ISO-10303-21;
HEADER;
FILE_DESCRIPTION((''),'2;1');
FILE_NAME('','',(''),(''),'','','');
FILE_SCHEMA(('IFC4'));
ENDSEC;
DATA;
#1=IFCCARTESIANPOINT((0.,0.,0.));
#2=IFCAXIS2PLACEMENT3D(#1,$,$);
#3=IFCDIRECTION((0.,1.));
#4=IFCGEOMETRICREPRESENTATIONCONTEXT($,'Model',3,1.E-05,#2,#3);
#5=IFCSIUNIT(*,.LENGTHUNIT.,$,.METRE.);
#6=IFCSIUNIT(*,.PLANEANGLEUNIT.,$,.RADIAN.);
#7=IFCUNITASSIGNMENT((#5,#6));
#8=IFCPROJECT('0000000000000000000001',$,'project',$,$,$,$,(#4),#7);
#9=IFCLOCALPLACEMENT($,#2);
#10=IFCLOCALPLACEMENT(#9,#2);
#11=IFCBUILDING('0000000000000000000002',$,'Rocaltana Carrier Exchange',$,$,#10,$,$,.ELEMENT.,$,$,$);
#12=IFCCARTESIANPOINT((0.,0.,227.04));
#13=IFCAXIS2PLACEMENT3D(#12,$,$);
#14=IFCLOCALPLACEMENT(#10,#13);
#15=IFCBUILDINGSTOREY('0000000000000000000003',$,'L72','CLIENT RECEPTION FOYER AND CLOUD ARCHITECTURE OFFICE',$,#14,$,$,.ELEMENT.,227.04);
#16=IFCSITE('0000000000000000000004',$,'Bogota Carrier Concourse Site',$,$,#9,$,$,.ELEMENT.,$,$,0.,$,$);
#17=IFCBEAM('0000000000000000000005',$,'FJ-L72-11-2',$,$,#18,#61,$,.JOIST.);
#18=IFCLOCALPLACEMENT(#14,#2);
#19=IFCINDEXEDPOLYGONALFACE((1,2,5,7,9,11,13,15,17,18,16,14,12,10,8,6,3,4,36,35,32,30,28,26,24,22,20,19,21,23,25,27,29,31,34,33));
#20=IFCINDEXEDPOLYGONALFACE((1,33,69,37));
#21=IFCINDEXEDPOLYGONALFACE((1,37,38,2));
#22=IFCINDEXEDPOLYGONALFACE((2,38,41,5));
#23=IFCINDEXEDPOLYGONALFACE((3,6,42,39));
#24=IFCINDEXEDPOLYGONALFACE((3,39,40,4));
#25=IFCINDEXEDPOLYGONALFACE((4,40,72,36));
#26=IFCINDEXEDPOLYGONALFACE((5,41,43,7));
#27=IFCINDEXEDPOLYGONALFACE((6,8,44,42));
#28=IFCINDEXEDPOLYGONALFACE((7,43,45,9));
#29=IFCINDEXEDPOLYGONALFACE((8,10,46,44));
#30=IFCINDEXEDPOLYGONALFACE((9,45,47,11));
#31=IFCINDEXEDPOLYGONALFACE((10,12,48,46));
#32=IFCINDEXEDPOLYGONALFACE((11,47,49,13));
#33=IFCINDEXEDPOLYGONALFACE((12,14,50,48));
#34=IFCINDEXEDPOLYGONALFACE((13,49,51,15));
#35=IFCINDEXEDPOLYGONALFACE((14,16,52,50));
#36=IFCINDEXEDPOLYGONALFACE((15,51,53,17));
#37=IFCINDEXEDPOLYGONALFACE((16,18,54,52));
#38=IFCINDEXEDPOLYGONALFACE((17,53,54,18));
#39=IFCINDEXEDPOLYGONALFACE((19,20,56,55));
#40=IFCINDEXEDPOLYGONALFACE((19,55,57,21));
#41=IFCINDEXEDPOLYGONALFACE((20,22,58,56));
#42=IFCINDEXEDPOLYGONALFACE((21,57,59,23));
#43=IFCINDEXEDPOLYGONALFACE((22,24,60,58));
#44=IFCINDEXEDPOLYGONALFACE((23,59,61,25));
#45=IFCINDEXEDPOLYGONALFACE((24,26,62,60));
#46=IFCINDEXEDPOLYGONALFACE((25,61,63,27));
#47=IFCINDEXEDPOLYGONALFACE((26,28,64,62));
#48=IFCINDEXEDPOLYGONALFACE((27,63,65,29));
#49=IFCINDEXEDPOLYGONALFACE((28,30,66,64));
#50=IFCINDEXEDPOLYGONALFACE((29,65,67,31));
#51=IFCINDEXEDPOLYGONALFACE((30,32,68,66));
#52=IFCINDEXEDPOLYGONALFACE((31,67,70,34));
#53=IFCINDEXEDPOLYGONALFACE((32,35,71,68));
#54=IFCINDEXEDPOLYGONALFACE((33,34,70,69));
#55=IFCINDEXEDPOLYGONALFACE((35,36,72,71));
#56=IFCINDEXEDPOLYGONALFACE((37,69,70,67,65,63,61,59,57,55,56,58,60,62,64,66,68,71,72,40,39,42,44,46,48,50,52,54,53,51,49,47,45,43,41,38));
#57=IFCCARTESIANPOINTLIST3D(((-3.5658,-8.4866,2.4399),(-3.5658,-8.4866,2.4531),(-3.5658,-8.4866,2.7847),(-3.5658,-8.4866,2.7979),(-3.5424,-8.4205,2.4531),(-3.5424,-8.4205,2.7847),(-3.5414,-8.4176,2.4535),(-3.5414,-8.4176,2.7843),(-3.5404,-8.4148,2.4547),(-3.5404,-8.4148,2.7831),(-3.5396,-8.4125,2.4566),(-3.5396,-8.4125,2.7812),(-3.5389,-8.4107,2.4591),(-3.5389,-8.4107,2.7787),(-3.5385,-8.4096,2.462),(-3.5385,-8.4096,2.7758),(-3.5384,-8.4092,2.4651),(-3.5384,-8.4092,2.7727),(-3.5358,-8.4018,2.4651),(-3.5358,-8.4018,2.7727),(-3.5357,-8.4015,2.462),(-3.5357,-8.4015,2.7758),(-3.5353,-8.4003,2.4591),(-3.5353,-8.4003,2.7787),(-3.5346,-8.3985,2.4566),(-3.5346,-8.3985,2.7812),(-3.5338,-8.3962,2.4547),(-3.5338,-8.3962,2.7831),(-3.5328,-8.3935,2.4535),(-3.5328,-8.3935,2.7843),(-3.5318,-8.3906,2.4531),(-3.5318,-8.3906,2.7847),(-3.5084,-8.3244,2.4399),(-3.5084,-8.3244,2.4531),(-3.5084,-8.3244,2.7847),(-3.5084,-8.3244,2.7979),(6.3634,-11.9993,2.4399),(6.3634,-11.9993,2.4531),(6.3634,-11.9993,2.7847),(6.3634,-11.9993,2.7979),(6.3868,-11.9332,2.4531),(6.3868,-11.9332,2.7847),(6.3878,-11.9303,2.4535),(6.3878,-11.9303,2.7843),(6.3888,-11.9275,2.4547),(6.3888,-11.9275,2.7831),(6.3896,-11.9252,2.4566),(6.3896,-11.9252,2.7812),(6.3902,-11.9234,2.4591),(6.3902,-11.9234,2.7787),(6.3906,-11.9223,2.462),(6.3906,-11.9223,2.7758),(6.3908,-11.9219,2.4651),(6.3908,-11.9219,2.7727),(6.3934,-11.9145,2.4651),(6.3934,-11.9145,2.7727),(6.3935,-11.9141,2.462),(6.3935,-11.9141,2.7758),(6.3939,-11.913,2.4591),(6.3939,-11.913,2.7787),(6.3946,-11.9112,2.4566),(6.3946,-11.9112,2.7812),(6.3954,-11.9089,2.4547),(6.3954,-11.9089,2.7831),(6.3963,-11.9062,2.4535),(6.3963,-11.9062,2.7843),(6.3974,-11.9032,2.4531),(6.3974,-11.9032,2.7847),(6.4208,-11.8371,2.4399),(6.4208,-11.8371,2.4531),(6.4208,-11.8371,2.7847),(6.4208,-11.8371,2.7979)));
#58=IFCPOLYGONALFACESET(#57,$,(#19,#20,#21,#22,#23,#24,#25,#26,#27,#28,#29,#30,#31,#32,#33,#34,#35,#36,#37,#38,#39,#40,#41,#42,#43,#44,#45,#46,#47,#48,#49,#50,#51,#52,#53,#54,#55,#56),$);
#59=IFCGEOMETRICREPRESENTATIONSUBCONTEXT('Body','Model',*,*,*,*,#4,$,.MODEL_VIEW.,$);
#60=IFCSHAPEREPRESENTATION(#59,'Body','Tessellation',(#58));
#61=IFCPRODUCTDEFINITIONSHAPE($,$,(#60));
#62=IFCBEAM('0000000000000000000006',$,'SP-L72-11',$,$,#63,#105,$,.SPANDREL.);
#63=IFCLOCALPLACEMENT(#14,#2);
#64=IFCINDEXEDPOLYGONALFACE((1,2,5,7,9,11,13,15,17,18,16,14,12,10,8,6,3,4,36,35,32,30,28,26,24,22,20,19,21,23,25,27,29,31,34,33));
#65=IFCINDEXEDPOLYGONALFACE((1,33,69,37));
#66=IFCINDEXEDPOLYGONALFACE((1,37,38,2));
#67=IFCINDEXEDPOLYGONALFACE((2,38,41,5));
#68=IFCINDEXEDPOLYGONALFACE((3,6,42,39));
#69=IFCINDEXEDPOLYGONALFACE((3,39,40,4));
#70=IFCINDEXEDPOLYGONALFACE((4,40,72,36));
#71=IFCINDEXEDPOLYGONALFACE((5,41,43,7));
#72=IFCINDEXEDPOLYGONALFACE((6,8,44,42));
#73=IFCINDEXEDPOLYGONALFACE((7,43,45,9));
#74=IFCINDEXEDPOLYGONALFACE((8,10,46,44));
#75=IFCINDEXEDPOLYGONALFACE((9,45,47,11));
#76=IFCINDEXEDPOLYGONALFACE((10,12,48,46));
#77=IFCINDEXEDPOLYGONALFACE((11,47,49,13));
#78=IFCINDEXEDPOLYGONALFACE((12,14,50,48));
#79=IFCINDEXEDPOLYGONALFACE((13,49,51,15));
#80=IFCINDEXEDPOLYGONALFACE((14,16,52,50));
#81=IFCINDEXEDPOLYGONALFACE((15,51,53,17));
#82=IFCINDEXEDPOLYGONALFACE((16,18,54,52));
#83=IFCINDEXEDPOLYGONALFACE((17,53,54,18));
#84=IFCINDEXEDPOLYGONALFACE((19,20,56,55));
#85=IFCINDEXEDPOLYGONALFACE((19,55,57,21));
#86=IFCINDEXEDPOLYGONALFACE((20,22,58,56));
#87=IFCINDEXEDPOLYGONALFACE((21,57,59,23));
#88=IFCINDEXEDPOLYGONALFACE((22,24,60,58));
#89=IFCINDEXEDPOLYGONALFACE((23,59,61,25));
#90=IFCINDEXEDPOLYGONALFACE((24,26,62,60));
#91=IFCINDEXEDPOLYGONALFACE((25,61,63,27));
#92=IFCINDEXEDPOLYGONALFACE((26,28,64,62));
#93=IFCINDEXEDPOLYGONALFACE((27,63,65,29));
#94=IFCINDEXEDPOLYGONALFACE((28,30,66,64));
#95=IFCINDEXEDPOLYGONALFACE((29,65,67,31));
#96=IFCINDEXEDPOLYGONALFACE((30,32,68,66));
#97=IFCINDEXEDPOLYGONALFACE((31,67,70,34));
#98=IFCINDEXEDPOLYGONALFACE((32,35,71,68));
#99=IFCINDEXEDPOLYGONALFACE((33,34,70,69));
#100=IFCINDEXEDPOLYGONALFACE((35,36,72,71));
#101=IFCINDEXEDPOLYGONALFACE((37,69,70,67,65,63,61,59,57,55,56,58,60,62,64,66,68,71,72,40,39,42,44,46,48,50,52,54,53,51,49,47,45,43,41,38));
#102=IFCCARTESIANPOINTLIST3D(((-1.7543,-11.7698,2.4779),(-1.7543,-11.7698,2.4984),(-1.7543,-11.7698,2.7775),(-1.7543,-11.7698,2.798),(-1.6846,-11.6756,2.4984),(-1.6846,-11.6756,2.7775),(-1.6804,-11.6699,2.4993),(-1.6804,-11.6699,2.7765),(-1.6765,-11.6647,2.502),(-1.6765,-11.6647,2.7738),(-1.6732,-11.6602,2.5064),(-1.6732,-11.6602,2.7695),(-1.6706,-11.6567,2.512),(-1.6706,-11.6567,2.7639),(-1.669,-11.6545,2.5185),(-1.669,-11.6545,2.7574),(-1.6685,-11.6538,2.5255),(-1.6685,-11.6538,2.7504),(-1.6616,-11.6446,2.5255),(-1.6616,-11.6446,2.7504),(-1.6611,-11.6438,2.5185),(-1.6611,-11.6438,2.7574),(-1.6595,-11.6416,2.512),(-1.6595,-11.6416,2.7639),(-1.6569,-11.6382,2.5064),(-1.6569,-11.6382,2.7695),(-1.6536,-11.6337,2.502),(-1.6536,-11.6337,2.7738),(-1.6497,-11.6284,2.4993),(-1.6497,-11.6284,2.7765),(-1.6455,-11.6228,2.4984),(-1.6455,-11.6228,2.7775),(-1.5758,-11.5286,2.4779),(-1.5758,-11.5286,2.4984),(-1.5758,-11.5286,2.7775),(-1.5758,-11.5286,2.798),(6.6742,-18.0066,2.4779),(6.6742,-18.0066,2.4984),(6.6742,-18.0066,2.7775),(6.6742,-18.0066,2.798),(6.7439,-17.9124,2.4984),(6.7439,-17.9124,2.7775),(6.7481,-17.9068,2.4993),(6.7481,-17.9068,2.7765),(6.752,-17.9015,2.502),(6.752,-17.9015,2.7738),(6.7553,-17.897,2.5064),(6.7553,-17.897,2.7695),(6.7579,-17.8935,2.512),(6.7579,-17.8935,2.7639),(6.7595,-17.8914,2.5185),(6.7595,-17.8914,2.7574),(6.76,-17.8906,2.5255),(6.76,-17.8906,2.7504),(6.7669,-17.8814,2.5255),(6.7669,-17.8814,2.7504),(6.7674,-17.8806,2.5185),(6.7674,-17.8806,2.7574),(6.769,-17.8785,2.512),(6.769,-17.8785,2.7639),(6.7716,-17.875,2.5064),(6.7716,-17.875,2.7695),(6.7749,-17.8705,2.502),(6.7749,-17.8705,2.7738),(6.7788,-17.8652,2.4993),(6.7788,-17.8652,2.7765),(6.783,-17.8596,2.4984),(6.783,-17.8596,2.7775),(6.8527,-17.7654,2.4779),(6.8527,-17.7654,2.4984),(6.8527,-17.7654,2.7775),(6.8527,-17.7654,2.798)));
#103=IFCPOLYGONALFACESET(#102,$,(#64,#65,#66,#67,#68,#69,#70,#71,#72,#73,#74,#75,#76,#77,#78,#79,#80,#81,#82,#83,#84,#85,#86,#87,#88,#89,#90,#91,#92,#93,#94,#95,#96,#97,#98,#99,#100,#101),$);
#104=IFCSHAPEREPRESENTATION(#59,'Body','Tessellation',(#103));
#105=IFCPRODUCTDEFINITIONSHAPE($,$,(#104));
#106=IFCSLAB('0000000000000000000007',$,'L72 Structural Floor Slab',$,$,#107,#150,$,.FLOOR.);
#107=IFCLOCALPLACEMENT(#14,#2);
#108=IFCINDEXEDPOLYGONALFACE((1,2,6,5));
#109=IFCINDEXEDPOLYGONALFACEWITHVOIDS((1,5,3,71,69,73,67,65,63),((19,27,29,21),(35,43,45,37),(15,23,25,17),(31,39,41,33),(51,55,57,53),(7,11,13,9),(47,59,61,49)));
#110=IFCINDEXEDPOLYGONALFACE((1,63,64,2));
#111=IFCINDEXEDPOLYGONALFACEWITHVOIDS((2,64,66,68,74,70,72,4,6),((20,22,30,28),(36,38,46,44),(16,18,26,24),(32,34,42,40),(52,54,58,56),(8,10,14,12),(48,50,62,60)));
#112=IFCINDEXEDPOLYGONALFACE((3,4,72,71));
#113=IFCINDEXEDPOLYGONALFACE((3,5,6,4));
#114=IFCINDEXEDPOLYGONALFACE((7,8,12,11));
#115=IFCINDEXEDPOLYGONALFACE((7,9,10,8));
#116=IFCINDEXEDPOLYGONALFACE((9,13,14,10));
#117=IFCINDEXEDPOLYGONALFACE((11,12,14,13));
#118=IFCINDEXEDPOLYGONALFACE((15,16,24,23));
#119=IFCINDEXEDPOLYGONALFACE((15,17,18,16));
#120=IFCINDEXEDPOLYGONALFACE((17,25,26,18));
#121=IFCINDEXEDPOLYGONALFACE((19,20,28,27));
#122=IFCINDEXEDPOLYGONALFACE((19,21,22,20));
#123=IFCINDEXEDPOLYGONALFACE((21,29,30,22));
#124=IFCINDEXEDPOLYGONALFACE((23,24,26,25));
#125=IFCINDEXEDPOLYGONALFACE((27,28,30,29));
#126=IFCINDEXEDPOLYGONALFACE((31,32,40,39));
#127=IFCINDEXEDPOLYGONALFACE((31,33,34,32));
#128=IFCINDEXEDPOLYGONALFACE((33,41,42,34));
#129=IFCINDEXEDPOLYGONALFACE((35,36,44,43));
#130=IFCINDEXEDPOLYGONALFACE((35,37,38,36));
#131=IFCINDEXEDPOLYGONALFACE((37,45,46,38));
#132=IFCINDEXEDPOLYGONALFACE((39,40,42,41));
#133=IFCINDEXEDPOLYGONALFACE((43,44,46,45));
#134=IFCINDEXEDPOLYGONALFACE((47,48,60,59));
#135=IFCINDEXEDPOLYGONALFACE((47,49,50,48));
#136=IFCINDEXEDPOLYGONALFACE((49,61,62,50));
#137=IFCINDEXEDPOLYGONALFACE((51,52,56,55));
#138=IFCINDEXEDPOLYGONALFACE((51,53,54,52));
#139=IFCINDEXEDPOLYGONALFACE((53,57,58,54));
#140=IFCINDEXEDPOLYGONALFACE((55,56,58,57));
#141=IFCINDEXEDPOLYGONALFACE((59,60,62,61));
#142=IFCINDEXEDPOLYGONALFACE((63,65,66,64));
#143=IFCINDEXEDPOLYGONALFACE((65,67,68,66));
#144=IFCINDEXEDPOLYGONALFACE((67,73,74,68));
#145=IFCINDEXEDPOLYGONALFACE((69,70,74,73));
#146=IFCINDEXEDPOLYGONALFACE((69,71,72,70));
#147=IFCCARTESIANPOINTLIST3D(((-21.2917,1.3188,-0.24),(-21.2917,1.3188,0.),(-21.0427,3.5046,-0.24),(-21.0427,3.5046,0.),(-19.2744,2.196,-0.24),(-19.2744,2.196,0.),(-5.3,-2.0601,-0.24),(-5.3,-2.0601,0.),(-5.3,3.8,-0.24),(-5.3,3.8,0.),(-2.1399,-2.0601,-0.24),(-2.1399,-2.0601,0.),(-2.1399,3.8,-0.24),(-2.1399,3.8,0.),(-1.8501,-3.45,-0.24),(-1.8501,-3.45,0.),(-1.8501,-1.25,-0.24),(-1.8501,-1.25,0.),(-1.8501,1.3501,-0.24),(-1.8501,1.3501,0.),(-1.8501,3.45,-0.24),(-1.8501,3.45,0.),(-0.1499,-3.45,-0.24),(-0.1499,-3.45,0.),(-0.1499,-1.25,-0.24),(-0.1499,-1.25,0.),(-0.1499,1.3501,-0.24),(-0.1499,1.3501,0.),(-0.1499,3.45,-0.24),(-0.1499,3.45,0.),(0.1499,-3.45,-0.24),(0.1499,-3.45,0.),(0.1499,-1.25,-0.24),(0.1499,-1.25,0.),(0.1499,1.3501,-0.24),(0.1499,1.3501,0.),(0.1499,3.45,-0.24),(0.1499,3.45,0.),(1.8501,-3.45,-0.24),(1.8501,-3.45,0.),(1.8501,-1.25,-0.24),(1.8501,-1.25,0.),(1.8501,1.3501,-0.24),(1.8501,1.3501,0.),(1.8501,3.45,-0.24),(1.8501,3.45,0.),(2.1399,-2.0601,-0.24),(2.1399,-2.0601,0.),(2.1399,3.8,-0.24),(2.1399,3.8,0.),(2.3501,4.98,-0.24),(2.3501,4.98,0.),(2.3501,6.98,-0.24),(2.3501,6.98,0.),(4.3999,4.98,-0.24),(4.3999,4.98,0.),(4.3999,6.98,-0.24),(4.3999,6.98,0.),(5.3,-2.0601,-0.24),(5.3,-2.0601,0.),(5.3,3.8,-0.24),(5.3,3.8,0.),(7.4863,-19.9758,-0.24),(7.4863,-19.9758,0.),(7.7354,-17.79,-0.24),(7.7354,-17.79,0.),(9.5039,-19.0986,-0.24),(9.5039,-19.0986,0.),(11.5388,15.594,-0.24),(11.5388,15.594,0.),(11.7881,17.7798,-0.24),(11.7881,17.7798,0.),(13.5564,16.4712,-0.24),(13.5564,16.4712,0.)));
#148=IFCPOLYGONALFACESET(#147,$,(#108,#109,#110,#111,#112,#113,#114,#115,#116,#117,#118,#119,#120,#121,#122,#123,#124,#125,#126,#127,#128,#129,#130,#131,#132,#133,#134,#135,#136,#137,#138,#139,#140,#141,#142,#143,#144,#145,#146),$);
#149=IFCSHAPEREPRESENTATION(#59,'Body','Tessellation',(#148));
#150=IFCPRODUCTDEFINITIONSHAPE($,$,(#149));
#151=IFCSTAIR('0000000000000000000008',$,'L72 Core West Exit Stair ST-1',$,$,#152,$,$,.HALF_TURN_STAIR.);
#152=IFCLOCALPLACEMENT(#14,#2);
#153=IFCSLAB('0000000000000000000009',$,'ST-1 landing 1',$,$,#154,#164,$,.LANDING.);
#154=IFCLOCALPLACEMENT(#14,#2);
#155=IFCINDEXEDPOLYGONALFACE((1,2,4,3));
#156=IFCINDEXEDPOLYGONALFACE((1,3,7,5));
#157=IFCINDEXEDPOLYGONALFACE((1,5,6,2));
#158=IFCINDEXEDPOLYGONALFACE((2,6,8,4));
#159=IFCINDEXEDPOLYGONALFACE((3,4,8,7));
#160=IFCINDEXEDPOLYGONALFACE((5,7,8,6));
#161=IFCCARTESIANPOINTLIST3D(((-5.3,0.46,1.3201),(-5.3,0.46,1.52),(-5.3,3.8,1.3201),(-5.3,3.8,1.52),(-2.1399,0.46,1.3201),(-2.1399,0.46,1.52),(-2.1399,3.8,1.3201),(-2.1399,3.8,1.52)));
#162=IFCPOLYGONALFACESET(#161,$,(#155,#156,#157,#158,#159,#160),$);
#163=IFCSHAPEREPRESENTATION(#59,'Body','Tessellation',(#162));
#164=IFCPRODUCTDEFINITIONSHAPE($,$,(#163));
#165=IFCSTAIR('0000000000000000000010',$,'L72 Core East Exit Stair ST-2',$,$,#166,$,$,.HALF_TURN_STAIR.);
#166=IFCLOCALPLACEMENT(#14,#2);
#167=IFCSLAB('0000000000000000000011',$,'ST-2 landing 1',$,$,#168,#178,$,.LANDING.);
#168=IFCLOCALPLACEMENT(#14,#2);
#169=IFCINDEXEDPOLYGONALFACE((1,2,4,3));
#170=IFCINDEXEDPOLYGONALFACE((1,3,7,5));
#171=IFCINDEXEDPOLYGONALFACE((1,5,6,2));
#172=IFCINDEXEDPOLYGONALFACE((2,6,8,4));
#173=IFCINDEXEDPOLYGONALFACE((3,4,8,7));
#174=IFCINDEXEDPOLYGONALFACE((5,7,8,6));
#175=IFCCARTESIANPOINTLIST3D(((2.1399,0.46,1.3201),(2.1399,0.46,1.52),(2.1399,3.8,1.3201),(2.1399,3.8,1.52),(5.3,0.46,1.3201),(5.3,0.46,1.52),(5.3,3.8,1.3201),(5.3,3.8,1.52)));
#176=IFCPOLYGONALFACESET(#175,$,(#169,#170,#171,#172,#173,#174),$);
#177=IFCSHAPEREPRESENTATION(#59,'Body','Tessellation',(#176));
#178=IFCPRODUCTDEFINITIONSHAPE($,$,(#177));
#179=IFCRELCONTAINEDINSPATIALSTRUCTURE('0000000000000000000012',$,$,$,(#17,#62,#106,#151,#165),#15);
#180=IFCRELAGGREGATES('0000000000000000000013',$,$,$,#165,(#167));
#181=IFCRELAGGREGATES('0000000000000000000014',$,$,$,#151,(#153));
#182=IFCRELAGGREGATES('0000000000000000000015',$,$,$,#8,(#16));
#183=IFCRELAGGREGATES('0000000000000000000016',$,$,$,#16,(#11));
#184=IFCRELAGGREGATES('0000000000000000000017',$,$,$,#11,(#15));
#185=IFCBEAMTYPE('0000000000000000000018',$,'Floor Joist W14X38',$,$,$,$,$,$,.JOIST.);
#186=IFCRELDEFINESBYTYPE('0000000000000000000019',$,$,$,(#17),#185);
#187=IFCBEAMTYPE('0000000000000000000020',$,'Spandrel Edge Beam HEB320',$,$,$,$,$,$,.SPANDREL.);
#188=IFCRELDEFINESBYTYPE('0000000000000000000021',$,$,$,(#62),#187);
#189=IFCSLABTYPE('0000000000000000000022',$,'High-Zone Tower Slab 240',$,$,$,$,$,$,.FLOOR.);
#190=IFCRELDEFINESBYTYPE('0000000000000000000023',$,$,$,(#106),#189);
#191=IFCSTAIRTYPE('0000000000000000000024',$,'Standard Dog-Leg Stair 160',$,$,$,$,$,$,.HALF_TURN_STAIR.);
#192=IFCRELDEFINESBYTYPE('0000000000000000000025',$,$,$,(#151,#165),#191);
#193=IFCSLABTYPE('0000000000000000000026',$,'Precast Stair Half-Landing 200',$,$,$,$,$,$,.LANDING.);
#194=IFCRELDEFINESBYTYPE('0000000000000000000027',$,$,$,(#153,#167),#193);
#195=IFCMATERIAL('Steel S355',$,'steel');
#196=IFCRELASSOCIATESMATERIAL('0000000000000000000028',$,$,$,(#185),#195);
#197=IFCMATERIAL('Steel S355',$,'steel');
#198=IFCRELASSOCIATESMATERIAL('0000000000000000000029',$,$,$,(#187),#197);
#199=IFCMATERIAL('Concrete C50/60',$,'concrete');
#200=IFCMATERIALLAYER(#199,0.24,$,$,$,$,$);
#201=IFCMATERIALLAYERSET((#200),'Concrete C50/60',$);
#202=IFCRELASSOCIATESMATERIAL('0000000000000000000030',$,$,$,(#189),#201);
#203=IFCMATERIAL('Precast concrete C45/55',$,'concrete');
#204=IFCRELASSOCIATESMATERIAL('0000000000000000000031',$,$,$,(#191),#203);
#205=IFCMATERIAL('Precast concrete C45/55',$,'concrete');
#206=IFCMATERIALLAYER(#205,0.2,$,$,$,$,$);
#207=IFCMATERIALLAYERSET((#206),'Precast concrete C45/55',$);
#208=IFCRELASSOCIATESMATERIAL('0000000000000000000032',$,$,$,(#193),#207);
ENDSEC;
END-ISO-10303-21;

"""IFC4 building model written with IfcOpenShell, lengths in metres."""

from ifc_helpers import new_model, si_unit, direction, frame, origin, origin_2d, place, context, subcontext, project, spatial, polyline, i_section, outline, extrude, material, layer, layer_set, material_profile, profile_set, type_object, element, aggregate, save


model = new_model("IFC4")

# Units and contexts
model_context = context("Model", 3, precision=1e-05, world=origin(), true_north=direction((0.0, 1.0)))
body_context = subcontext(model_context, "Body", "Model", "MODEL_VIEW")
ifc_project = project(units=[si_unit("LENGTHUNIT", "METRE"), si_unit("PLANEANGLEUNIT", "RADIAN")], contexts=[model_context])

# Site, building, storey
site_placement = place(None, origin())
site = spatial("IfcSite", under=ifc_project, at=site_placement, Name="Bogota Carrier Concourse Site", CompositionType="ELEMENT", RefElevation=0.0)
building_placement = place(site_placement, origin())
building = spatial("IfcBuilding", under=site, at=building_placement, Name="Rocaltana Carrier Exchange", CompositionType="ELEMENT")
storey_placement = place(building_placement, frame((0.0, 0.0, 227.04)))
storey = spatial("IfcBuildingStorey", under=building, at=storey_placement, Name="L72", Description="CLIENT RECEPTION FOYER AND CLOUD ARCHITECTURE OFFICE", CompositionType="ELEMENT", Elevation=227.04)

# Beams
ifc_material_1 = material(Name="Steel S355", Category="steel")
ifc_material_profile_1 = material_profile(ifc_material_1, i_section(OverallWidth=0.1721, OverallDepth=0.3579, WebThickness=0.0078, FlangeThickness=0.0132, FilletRadius=0.012, at=origin_2d()), Name="W14X38")
ifc_profile_set_1 = profile_set([ifc_material_profile_1], Name="Steel S355")
beam_type_1 = type_object("IfcBeamType", Name="Floor Joist W14X38", PredefinedType="JOIST", material=ifc_profile_set_1)
beam_1_placement = place(storey_placement, frame((-3.5371, -8.4055, 2.6189), z_axis=(0.942744, -0.333518, 0.0), x_axis=(0.333518, 0.942744, 0.0)))
element("IfcBeam", 1, at=beam_1_placement, inside=storey, type_object=beam_type_1, Name="FJ-L72-11-2", PredefinedType="JOIST", context=body_context, shape_type="SweptSolid", body=[
    extrude(i_section(OverallWidth=0.1721, OverallDepth=0.3579, WebThickness=0.0078, FlangeThickness=0.0132, FilletRadius=0.012, at=origin_2d()), origin(), (0.0, 0.0, 1.0), 10.5322),
])
ifc_material_2 = material(Name="Steel S355", Category="steel")
ifc_material_profile_2 = material_profile(ifc_material_2, i_section(OverallWidth=0.3, OverallDepth=0.3201, WebThickness=0.0115, FlangeThickness=0.0205, FilletRadius=0.0271, at=origin_2d()), Name="HEB320")
ifc_profile_set_2 = profile_set([ifc_material_profile_2], Name="Steel S355")
beam_type_2 = type_object("IfcBeamType", Name="Spandrel Edge Beam HEB320", PredefinedType="SPANDREL", material=ifc_profile_set_2)
beam_2_placement = place(storey_placement, frame((-1.665, -11.6492, 2.6379), z_axis=(0.803853, -0.594828, 0.0), x_axis=(0.594828, 0.803853, 0.0)))
element("IfcBeam", 2, at=beam_2_placement, inside=storey, type_object=beam_type_2, Name="SP-L72-11", PredefinedType="SPANDREL", context=body_context, shape_type="SweptSolid", body=[
    extrude(i_section(OverallWidth=0.3, OverallDepth=0.3201, WebThickness=0.0115, FlangeThickness=0.0205, FilletRadius=0.0271, at=origin_2d()), origin(), (0.0, 0.0, 1.0), 10.4851),
])

# Slab
ifc_material_3 = material(Name="Concrete C50/60", Category="concrete")
ifc_layer_1 = layer(ifc_material_3, 0.24)
ifc_layer_set_1 = layer_set([ifc_layer_1], Name="Concrete C50/60")
slab_type_1 = type_object("IfcSlabType", Name="High-Zone Tower Slab 240", PredefinedType="FLOOR", material=ifc_layer_set_1)
slab_1_placement = place(storey_placement, frame((0.0, 0.0, -0.24)))
element("IfcSlab", 3, at=slab_1_placement, inside=storey, type_object=slab_type_1, Name="L72 Structural Floor Slab", PredefinedType="FLOOR", context=body_context, shape_type="SweptSolid", body=[
    extrude(outline(polyline([(7.4863, -19.9758), (7.7354, -17.79), (9.5039, -19.0986), (13.5564, 16.4712), (11.5388, 15.594), (11.7881, 17.7798), (-21.0427, 3.5046), (-19.2744, 2.196), (-21.2917, 1.3188), (7.4863, -19.9758)]), holes=[polyline([(-5.3, -2.0601), (-2.1399, -2.0601), (-2.1399, 3.8), (-5.3, 3.8), (-5.3, -2.0601)]), polyline([(2.1399, -2.0601), (5.3, -2.0601), (5.3, 3.8), (2.1399, 3.8), (2.1399, -2.0601)]), polyline([(-1.8501, -3.45), (-0.1499, -3.45), (-0.1499, -1.25), (-1.8501, -1.25), (-1.8501, -3.45)]), polyline([(0.1499, -3.45), (1.8501, -3.45), (1.8501, -1.25), (0.1499, -1.25), (0.1499, -3.45)]), polyline([(2.3501, 4.98), (4.3999, 4.98), (4.3999, 6.98), (2.3501, 6.98), (2.3501, 4.98)]), polyline([(-1.8501, 1.3501), (-0.1499, 1.3501), (-0.1499, 3.45), (-1.8501, 3.45), (-1.8501, 1.3501)]), polyline([(0.1499, 1.3501), (1.8501, 1.3501), (1.8501, 3.45), (0.1499, 3.45), (0.1499, 1.3501)])]), origin(), (0.0, 0.0, 1.0), 0.24),
])

# Stairs, slabs
ifc_material_4 = material(Name="Precast concrete C45/55", Category="concrete")
stair_type = type_object("IfcStairType", Name="Standard Dog-Leg Stair 160", PredefinedType="HALF_TURN_STAIR", material=ifc_material_4)
stair_1_placement = place(storey_placement, origin())
stair_1 = element("IfcStair", 4, at=stair_1_placement, inside=storey, type_object=stair_type, Name="L72 Core West Exit Stair ST-1", PredefinedType="HALF_TURN_STAIR")
ifc_material_5 = material(Name="Precast concrete C45/55", Category="concrete")
ifc_layer_2 = layer(ifc_material_5, 0.2)
ifc_layer_set_2 = layer_set([ifc_layer_2], Name="Precast concrete C45/55")
slab_type_2 = type_object("IfcSlabType", Name="Precast Stair Half-Landing 200", PredefinedType="LANDING", material=ifc_layer_set_2)
slab_2_placement = place(storey_placement, frame((0.0, 0.0, 1.3201)))
slab_2 = element("IfcSlab", 5, at=slab_2_placement, type_object=slab_type_2, Name="ST-1 landing 1", PredefinedType="LANDING", context=body_context, shape_type="SweptSolid", body=[
    extrude(outline(polyline([(-2.1399, 0.46), (-2.1399, 3.8), (-5.3, 3.8), (-5.3, 0.46), (-2.1399, 0.46)])), origin(), (0.0, 0.0, 1.0), 0.2),
])
stair_2_placement = place(storey_placement, origin())
stair_2 = element("IfcStair", 6, at=stair_2_placement, inside=storey, type_object=stair_type, Name="L72 Core East Exit Stair ST-2", PredefinedType="HALF_TURN_STAIR")
slab_3_placement = place(storey_placement, frame((0.0, 0.0, 1.3201)))
slab_3 = element("IfcSlab", 7, at=slab_3_placement, type_object=slab_type_2, Name="ST-2 landing 1", PredefinedType="LANDING", context=body_context, shape_type="SweptSolid", body=[
    extrude(outline(polyline([(5.3, 0.46), (5.3, 3.8), (2.1399, 3.8), (2.1399, 0.46), (5.3, 0.46)])), origin(), (0.0, 0.0, 1.0), 0.2),
])
aggregate(stair_2, [slab_3])

aggregate(stair_1, [slab_2])

save(model, "model.ifc")
